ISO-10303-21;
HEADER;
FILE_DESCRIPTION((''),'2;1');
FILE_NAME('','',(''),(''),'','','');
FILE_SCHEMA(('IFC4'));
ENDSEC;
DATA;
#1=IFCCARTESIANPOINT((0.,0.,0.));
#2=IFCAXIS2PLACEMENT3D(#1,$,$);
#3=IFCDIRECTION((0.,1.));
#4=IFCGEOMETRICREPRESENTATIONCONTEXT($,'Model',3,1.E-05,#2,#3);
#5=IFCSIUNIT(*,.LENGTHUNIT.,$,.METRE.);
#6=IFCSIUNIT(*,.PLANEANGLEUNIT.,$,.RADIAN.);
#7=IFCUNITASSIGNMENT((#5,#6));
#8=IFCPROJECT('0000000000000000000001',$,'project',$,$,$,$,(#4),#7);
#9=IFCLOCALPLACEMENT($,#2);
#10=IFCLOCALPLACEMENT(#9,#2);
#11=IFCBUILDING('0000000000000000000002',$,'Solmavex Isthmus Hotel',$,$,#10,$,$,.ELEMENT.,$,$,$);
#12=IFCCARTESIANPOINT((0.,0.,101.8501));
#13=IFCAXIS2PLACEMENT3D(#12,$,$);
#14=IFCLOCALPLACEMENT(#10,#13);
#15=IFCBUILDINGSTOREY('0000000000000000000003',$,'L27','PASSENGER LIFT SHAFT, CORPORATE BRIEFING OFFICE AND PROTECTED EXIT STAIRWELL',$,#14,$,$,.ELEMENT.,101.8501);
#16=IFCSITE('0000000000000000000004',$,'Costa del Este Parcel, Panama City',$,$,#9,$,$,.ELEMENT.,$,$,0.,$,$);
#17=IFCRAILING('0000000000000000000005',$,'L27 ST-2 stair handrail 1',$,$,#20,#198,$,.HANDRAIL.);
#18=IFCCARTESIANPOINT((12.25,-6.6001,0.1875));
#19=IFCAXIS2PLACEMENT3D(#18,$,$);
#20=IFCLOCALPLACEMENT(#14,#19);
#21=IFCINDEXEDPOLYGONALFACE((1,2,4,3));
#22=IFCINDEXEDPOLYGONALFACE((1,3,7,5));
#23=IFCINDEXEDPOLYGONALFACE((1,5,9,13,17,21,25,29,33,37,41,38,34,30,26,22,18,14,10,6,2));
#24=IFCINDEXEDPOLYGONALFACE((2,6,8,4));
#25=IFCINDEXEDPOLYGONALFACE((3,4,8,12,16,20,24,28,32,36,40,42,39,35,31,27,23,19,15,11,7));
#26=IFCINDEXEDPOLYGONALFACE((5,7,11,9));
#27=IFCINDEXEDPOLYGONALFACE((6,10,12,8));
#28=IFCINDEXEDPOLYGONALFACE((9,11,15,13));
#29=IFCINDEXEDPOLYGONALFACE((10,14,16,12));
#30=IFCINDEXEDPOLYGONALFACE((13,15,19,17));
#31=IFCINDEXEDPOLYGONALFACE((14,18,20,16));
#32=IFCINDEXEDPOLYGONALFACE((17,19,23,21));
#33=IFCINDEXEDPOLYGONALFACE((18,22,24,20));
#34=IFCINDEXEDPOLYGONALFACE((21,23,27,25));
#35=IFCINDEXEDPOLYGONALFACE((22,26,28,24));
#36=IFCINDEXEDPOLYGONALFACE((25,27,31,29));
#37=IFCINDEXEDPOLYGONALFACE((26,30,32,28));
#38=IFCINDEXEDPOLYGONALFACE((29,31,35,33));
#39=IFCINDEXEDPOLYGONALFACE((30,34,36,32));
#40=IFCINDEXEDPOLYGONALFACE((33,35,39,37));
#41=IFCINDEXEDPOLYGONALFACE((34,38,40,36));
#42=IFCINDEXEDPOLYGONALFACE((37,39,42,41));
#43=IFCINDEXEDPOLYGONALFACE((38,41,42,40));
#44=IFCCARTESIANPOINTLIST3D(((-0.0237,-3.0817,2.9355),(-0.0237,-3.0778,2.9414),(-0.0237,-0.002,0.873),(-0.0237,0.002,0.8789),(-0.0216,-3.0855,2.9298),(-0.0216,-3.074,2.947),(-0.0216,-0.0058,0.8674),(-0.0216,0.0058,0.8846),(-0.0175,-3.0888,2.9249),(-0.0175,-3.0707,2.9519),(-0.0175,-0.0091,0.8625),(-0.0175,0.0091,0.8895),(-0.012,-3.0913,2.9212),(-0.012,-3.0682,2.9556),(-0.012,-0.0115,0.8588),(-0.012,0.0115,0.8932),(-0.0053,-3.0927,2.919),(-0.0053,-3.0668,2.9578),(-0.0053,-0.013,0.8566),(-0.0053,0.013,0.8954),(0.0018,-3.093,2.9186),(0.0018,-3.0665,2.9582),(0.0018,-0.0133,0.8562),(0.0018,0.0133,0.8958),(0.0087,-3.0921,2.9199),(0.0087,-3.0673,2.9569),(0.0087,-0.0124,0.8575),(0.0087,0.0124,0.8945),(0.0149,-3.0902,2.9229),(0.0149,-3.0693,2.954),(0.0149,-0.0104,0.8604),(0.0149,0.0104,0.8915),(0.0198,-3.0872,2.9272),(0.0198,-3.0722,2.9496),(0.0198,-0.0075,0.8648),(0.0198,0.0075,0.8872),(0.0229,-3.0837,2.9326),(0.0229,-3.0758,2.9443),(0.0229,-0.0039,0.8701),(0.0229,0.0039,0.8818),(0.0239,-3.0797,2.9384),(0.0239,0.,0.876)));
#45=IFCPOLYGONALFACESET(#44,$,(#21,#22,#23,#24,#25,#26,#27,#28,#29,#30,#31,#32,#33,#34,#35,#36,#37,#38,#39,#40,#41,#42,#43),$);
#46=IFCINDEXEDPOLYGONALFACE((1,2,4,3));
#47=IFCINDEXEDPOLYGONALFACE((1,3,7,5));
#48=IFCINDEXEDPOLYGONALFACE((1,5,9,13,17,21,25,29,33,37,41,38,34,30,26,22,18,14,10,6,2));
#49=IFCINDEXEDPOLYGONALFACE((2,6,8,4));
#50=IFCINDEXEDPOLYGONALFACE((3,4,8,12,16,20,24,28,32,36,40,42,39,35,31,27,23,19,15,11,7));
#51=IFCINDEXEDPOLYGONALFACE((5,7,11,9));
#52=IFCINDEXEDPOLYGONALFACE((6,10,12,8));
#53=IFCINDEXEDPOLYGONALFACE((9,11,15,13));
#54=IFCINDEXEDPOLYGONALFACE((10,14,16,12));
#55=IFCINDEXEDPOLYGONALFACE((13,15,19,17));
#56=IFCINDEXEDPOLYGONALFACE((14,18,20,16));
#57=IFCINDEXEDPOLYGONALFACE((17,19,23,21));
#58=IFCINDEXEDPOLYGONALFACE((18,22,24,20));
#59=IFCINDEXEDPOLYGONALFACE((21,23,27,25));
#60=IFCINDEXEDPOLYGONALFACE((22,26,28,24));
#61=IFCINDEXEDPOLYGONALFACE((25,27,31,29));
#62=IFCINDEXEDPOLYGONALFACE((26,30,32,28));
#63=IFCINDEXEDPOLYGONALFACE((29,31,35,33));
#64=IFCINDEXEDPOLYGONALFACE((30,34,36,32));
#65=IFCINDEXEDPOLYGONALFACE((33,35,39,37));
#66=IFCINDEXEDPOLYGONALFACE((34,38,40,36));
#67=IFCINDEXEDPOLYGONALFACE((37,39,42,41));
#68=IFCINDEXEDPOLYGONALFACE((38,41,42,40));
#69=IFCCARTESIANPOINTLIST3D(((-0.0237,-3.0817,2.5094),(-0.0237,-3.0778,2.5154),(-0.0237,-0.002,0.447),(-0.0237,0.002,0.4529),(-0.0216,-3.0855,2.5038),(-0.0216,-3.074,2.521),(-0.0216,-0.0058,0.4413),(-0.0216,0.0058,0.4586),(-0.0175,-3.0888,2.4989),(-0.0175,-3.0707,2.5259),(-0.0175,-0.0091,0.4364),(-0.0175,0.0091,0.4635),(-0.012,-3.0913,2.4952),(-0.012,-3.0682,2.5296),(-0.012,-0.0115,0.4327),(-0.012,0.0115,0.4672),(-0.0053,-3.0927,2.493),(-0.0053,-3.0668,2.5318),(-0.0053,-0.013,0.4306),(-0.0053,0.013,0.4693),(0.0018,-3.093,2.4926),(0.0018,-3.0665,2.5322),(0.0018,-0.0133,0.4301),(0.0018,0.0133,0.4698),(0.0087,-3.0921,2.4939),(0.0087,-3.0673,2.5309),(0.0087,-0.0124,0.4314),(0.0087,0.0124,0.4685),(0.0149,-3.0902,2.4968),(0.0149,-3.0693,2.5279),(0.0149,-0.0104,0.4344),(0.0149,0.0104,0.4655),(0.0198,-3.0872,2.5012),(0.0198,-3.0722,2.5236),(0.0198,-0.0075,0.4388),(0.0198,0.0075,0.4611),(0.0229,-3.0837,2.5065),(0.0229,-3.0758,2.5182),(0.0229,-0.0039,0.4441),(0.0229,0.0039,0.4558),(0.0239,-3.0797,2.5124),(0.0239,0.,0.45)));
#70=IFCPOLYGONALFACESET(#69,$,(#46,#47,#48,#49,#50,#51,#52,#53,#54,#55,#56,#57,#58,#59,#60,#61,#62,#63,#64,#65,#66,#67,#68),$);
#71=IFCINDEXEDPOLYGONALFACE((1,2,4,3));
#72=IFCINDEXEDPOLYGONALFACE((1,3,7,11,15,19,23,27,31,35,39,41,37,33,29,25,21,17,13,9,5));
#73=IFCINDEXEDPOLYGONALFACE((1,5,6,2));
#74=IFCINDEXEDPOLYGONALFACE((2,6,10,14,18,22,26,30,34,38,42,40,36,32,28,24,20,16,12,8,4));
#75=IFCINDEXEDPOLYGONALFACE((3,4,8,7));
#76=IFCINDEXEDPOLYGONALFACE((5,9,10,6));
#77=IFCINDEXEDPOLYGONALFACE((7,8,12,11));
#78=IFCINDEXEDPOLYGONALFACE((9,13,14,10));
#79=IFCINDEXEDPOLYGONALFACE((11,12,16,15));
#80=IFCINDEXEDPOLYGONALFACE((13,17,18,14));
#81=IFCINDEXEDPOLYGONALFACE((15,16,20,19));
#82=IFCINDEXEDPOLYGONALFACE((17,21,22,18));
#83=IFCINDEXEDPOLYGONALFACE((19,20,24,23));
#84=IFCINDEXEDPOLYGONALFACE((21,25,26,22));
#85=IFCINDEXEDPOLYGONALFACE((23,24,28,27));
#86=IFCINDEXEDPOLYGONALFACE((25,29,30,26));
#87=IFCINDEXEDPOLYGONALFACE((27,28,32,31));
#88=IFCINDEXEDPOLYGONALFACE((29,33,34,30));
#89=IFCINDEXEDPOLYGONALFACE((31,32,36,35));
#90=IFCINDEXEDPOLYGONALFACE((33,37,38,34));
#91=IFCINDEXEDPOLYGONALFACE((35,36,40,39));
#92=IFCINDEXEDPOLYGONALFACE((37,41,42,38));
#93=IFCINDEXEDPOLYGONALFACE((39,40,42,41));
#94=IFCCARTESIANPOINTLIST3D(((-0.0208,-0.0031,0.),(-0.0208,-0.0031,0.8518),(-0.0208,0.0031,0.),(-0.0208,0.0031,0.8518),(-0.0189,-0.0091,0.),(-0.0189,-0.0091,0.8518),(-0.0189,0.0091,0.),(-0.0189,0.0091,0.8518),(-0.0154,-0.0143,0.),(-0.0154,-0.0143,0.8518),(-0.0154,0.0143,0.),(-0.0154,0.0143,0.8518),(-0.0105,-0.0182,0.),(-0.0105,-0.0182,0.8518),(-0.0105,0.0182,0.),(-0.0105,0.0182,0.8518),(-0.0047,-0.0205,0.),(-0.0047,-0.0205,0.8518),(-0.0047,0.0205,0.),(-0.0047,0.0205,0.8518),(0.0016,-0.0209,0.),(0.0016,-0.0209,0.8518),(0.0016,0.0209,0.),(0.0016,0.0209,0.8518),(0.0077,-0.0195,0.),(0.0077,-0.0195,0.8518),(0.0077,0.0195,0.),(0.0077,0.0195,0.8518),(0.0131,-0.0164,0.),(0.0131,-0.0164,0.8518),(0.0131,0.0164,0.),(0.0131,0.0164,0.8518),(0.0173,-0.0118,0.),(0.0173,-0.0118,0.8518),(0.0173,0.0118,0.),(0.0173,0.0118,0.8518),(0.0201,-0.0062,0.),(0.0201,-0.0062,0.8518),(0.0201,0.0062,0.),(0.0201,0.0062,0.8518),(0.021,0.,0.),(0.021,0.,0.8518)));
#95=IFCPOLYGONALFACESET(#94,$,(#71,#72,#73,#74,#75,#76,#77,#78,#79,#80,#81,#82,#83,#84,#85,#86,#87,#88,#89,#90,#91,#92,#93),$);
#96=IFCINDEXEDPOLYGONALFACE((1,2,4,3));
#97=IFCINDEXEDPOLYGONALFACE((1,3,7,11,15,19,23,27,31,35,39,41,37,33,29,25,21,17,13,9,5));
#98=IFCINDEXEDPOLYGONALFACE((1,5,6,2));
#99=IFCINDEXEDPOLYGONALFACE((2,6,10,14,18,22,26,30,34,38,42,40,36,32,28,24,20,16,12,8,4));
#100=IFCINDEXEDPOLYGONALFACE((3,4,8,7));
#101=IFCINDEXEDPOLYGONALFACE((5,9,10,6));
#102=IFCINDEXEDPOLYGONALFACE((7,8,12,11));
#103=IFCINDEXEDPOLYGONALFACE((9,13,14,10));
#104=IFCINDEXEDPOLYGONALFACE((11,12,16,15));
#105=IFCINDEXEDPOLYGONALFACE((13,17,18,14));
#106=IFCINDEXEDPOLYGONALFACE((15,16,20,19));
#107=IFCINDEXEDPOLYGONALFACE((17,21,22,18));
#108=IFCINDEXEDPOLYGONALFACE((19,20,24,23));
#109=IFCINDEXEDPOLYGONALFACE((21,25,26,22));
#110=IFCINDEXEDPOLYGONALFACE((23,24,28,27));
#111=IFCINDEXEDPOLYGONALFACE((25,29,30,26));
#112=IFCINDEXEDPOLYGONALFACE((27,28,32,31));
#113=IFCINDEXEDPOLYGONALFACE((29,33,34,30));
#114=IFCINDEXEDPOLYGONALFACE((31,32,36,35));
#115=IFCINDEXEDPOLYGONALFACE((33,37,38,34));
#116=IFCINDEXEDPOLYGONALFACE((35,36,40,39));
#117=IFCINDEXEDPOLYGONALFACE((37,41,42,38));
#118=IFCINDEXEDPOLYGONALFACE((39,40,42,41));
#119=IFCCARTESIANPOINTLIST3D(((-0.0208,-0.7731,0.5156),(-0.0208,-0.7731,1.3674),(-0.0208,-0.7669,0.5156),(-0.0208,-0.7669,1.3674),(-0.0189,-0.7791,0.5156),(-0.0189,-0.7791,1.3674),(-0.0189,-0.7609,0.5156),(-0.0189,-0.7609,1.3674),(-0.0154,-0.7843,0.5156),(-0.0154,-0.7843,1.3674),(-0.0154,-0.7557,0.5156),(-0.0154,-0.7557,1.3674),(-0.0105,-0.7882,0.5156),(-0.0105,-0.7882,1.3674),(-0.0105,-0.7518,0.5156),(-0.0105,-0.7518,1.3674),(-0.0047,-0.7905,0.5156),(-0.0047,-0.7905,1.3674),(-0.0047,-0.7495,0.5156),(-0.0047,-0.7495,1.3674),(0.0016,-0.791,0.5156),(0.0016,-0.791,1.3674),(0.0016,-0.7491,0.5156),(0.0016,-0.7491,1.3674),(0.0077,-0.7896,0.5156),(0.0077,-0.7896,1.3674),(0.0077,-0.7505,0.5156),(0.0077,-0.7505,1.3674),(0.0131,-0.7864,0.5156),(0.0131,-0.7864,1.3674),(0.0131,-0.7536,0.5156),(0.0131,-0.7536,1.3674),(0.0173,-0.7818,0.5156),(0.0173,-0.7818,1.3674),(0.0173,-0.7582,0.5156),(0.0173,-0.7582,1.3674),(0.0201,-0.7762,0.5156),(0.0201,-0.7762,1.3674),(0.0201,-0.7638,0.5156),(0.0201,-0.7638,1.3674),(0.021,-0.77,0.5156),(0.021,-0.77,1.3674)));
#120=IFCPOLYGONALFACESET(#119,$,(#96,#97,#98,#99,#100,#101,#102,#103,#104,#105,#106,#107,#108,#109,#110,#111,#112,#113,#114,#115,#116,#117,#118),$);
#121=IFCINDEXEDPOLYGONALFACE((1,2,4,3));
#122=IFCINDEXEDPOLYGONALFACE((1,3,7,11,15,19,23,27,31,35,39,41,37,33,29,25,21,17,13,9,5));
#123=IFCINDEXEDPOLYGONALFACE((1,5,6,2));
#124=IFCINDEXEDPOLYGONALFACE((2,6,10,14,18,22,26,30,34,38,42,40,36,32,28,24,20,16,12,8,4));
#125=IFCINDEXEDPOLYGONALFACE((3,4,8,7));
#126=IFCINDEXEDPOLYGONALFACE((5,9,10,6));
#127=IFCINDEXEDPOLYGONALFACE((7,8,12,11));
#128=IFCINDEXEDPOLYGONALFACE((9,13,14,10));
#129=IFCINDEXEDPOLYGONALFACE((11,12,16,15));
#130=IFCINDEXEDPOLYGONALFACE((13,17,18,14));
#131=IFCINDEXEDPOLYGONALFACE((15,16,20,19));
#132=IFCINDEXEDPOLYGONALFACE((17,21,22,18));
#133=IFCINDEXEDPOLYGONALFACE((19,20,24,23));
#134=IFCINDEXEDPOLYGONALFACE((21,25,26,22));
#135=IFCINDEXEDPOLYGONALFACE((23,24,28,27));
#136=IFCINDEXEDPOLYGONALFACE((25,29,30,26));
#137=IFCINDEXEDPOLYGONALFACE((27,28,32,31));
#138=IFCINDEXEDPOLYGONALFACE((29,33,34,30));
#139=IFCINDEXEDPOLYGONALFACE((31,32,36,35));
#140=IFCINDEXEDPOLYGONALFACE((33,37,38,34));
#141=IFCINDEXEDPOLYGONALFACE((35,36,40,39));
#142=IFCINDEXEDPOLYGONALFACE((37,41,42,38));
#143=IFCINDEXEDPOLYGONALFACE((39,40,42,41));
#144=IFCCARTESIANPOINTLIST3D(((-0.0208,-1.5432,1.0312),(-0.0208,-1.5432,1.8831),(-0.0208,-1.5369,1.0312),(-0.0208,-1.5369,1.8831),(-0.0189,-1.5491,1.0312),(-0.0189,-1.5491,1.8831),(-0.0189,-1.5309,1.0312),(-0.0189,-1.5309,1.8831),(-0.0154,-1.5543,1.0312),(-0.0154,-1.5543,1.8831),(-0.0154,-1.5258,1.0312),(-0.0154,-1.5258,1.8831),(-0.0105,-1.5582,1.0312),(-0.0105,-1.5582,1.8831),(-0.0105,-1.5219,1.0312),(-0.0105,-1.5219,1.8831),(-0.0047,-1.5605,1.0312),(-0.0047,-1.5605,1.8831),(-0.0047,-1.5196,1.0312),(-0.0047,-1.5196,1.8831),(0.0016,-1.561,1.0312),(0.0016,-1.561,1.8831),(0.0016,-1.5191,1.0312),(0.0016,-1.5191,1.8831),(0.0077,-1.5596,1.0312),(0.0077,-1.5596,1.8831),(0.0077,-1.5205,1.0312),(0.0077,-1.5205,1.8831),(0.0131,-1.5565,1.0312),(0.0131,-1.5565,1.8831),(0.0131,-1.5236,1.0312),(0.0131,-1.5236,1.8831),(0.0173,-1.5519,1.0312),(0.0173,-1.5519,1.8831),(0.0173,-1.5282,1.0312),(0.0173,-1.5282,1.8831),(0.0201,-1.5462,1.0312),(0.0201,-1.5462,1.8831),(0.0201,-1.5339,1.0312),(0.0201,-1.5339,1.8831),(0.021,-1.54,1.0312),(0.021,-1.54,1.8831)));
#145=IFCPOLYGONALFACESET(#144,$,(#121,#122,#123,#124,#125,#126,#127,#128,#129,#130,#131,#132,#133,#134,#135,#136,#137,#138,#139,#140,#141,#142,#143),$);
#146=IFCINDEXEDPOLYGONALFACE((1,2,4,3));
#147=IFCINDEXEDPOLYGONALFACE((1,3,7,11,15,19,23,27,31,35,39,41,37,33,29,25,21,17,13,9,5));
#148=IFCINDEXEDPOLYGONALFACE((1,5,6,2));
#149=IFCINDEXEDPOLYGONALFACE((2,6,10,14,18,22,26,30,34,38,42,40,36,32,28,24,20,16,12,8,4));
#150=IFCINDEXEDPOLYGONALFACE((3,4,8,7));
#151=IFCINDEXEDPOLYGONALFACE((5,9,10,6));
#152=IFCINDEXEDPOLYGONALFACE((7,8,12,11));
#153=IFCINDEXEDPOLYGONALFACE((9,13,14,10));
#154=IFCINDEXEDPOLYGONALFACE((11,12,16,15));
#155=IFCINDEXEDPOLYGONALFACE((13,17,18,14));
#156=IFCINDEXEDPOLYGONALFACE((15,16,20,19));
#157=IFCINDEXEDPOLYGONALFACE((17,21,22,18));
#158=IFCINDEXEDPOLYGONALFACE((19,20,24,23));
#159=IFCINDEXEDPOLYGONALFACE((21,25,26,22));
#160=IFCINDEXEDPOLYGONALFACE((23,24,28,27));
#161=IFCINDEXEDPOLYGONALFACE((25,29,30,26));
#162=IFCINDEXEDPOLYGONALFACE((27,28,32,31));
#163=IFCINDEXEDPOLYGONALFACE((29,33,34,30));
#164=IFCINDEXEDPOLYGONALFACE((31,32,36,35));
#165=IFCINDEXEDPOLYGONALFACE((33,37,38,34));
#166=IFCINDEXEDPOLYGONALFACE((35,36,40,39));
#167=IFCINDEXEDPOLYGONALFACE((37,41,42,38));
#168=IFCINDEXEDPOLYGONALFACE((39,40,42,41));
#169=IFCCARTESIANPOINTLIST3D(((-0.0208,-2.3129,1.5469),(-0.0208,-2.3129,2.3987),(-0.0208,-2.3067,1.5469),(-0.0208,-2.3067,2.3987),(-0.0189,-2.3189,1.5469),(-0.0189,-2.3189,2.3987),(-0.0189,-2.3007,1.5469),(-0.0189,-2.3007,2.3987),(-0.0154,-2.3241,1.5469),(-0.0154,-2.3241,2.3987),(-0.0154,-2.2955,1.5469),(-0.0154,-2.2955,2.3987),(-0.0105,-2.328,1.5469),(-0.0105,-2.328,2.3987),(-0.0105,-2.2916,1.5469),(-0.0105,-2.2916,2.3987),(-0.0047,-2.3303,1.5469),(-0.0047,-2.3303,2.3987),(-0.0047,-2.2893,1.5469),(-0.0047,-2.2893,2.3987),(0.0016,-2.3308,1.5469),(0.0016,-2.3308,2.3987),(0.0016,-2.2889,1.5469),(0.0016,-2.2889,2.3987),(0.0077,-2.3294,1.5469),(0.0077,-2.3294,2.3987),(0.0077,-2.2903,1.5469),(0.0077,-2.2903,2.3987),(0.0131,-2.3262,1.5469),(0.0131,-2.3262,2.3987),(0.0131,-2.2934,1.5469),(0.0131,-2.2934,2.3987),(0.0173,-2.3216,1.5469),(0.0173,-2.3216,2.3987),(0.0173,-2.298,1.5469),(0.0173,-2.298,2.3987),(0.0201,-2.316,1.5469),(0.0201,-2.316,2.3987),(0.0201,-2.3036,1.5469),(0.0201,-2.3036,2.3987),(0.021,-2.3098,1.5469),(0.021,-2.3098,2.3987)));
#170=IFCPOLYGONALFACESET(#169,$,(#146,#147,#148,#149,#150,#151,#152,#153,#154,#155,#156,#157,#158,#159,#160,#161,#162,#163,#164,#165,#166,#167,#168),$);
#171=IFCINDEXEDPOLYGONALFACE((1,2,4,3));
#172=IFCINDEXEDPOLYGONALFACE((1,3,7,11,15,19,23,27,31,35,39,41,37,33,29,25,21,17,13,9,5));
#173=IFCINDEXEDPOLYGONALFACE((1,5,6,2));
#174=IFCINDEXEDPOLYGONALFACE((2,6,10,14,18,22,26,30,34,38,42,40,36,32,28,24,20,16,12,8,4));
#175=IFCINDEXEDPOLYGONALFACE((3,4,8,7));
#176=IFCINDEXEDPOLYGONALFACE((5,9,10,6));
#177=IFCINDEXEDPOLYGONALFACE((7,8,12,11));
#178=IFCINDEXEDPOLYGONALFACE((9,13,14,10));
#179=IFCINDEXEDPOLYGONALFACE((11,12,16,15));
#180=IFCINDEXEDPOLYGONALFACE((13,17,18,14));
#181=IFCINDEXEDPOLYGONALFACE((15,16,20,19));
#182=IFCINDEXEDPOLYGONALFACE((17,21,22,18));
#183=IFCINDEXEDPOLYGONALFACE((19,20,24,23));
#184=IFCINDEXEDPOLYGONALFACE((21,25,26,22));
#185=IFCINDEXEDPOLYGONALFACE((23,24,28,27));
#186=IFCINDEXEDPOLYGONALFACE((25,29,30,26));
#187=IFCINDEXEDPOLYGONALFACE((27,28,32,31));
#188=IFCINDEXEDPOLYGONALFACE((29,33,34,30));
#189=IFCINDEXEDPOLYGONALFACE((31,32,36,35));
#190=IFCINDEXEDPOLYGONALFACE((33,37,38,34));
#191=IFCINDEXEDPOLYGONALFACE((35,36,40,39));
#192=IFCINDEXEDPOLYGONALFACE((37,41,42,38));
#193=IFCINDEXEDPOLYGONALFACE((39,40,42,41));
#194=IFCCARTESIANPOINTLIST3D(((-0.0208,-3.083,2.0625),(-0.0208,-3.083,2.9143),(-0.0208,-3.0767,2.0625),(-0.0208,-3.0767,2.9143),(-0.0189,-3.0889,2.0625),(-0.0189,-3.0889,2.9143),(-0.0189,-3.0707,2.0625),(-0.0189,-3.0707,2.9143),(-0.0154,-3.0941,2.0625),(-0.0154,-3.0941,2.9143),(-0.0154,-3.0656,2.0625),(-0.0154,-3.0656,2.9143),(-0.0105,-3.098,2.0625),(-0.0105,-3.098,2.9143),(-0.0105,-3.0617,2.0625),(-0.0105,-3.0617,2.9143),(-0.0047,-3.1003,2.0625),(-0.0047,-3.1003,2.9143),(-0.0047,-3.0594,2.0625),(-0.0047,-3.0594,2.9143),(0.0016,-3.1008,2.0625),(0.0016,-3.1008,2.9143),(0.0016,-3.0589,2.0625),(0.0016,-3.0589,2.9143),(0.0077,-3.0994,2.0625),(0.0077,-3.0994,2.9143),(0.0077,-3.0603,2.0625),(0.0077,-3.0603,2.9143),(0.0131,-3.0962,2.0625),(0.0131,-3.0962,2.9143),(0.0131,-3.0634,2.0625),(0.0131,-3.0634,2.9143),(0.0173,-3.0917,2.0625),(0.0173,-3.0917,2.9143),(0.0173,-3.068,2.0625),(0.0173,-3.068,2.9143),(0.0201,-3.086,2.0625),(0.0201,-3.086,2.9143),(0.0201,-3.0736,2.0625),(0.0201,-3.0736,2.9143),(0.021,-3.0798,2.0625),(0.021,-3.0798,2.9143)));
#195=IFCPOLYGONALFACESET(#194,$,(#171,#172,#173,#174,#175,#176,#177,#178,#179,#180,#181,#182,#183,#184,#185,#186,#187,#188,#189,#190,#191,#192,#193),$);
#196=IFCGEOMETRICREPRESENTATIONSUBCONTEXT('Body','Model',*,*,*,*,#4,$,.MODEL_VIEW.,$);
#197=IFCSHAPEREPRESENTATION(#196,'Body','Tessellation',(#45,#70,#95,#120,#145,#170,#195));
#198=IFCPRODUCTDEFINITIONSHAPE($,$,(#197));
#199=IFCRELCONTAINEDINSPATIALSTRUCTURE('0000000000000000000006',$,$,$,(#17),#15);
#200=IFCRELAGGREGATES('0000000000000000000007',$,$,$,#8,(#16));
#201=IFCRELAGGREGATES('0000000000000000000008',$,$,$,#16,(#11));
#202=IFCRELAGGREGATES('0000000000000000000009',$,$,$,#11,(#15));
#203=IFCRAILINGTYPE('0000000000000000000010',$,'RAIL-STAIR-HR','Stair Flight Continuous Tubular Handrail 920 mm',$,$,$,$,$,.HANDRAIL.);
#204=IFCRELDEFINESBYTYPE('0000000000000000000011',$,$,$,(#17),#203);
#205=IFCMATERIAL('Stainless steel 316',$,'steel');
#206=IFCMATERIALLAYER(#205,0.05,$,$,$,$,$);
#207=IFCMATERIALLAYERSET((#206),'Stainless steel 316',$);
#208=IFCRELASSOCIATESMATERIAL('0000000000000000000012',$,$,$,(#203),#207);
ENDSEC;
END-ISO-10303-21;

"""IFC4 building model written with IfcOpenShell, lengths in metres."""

from ifc_helpers import new_model, si_unit, direction, frame, origin, origin_2d, place, context, subcontext, project, spatial, circle, extrude, material, layer, layer_set, type_object, element, save


model = new_model("IFC4")

# Units and contexts
model_context = context("Model", 3, precision=1e-05, world=origin(), true_north=direction((0.0, 1.0)))
body_context = subcontext(model_context, "Body", "Model", "MODEL_VIEW")
ifc_project = project(units=[si_unit("LENGTHUNIT", "METRE"), si_unit("PLANEANGLEUNIT", "RADIAN")], contexts=[model_context])

# Site, building, storey
site_placement = place(None, origin())
site = spatial("IfcSite", under=ifc_project, at=site_placement, Name="Costa del Este Parcel, Panama City", CompositionType="ELEMENT", RefElevation=0.0)
building_placement = place(site_placement, origin())
building = spatial("IfcBuilding", under=site, at=building_placement, Name="Solmavex Isthmus Hotel", CompositionType="ELEMENT")
storey_placement = place(building_placement, frame((0.0, 0.0, 101.8501)))
storey = spatial("IfcBuildingStorey", under=building, at=storey_placement, Name="L27", Description="PASSENGER LIFT SHAFT, CORPORATE BRIEFING OFFICE AND PROTECTED EXIT STAIRWELL", CompositionType="ELEMENT", Elevation=101.8501)

# Shared definitions
ifc_material_1 = material(Name="Stainless steel 316", Category="steel")

# Railing
ifc_layer_1 = layer(ifc_material_1, 0.05)
ifc_layer_set_1 = layer_set([ifc_layer_1], Name="Stainless steel 316")
railing_type_1 = type_object("IfcRailingType", Name="RAIL-STAIR-HR", Description="Stair Flight Continuous Tubular Handrail 920 mm", PredefinedType="HANDRAIL", material=ifc_layer_set_1)
railing_1_placement = place(storey_placement, frame((12.25, -6.6001, 0.1875)))
element("IfcRailing", 1, at=railing_1_placement, inside=storey, type_object=railing_type_1, Name="L27 ST-2 stair handrail 1", PredefinedType="HANDRAIL", context=body_context, shape_type="SweptSolid", body=[
    extrude(circle(Radius=0.0239, at=origin_2d()), frame((0.0, 0.0, 0.876), z_axis=(0.0, -0.830893, 0.556432), x_axis=(1.0, 0.0, 0.0)), (0.0, 0.0, 1.0), 3.7065),
    extrude(circle(Radius=0.0239, at=origin_2d()), frame((0.0, 0.0, 0.45), z_axis=(0.0, -0.830893, 0.556432), x_axis=(1.0, 0.0, 0.0)), (0.0, 0.0, 1.0), 3.7065),
    extrude(circle(Radius=0.021, at=origin_2d()), origin(), (0.0, 0.0, 1.0), 0.8518),
    extrude(circle(Radius=0.021, at=origin_2d()), frame((0.0, -0.77, 0.5156)), (0.0, 0.0, 1.0), 0.8518),
    extrude(circle(Radius=0.021, at=origin_2d()), frame((0.0, -1.54, 1.0312)), (0.0, 0.0, 1.0), 0.8518),
    extrude(circle(Radius=0.021, at=origin_2d()), frame((0.0, -2.3098, 1.5469)), (0.0, 0.0, 1.0), 0.8518),
    extrude(circle(Radius=0.021, at=origin_2d()), frame((0.0, -3.0798, 2.0625)), (0.0, 0.0, 1.0), 0.8518),
])

save(model, "model.ifc")
